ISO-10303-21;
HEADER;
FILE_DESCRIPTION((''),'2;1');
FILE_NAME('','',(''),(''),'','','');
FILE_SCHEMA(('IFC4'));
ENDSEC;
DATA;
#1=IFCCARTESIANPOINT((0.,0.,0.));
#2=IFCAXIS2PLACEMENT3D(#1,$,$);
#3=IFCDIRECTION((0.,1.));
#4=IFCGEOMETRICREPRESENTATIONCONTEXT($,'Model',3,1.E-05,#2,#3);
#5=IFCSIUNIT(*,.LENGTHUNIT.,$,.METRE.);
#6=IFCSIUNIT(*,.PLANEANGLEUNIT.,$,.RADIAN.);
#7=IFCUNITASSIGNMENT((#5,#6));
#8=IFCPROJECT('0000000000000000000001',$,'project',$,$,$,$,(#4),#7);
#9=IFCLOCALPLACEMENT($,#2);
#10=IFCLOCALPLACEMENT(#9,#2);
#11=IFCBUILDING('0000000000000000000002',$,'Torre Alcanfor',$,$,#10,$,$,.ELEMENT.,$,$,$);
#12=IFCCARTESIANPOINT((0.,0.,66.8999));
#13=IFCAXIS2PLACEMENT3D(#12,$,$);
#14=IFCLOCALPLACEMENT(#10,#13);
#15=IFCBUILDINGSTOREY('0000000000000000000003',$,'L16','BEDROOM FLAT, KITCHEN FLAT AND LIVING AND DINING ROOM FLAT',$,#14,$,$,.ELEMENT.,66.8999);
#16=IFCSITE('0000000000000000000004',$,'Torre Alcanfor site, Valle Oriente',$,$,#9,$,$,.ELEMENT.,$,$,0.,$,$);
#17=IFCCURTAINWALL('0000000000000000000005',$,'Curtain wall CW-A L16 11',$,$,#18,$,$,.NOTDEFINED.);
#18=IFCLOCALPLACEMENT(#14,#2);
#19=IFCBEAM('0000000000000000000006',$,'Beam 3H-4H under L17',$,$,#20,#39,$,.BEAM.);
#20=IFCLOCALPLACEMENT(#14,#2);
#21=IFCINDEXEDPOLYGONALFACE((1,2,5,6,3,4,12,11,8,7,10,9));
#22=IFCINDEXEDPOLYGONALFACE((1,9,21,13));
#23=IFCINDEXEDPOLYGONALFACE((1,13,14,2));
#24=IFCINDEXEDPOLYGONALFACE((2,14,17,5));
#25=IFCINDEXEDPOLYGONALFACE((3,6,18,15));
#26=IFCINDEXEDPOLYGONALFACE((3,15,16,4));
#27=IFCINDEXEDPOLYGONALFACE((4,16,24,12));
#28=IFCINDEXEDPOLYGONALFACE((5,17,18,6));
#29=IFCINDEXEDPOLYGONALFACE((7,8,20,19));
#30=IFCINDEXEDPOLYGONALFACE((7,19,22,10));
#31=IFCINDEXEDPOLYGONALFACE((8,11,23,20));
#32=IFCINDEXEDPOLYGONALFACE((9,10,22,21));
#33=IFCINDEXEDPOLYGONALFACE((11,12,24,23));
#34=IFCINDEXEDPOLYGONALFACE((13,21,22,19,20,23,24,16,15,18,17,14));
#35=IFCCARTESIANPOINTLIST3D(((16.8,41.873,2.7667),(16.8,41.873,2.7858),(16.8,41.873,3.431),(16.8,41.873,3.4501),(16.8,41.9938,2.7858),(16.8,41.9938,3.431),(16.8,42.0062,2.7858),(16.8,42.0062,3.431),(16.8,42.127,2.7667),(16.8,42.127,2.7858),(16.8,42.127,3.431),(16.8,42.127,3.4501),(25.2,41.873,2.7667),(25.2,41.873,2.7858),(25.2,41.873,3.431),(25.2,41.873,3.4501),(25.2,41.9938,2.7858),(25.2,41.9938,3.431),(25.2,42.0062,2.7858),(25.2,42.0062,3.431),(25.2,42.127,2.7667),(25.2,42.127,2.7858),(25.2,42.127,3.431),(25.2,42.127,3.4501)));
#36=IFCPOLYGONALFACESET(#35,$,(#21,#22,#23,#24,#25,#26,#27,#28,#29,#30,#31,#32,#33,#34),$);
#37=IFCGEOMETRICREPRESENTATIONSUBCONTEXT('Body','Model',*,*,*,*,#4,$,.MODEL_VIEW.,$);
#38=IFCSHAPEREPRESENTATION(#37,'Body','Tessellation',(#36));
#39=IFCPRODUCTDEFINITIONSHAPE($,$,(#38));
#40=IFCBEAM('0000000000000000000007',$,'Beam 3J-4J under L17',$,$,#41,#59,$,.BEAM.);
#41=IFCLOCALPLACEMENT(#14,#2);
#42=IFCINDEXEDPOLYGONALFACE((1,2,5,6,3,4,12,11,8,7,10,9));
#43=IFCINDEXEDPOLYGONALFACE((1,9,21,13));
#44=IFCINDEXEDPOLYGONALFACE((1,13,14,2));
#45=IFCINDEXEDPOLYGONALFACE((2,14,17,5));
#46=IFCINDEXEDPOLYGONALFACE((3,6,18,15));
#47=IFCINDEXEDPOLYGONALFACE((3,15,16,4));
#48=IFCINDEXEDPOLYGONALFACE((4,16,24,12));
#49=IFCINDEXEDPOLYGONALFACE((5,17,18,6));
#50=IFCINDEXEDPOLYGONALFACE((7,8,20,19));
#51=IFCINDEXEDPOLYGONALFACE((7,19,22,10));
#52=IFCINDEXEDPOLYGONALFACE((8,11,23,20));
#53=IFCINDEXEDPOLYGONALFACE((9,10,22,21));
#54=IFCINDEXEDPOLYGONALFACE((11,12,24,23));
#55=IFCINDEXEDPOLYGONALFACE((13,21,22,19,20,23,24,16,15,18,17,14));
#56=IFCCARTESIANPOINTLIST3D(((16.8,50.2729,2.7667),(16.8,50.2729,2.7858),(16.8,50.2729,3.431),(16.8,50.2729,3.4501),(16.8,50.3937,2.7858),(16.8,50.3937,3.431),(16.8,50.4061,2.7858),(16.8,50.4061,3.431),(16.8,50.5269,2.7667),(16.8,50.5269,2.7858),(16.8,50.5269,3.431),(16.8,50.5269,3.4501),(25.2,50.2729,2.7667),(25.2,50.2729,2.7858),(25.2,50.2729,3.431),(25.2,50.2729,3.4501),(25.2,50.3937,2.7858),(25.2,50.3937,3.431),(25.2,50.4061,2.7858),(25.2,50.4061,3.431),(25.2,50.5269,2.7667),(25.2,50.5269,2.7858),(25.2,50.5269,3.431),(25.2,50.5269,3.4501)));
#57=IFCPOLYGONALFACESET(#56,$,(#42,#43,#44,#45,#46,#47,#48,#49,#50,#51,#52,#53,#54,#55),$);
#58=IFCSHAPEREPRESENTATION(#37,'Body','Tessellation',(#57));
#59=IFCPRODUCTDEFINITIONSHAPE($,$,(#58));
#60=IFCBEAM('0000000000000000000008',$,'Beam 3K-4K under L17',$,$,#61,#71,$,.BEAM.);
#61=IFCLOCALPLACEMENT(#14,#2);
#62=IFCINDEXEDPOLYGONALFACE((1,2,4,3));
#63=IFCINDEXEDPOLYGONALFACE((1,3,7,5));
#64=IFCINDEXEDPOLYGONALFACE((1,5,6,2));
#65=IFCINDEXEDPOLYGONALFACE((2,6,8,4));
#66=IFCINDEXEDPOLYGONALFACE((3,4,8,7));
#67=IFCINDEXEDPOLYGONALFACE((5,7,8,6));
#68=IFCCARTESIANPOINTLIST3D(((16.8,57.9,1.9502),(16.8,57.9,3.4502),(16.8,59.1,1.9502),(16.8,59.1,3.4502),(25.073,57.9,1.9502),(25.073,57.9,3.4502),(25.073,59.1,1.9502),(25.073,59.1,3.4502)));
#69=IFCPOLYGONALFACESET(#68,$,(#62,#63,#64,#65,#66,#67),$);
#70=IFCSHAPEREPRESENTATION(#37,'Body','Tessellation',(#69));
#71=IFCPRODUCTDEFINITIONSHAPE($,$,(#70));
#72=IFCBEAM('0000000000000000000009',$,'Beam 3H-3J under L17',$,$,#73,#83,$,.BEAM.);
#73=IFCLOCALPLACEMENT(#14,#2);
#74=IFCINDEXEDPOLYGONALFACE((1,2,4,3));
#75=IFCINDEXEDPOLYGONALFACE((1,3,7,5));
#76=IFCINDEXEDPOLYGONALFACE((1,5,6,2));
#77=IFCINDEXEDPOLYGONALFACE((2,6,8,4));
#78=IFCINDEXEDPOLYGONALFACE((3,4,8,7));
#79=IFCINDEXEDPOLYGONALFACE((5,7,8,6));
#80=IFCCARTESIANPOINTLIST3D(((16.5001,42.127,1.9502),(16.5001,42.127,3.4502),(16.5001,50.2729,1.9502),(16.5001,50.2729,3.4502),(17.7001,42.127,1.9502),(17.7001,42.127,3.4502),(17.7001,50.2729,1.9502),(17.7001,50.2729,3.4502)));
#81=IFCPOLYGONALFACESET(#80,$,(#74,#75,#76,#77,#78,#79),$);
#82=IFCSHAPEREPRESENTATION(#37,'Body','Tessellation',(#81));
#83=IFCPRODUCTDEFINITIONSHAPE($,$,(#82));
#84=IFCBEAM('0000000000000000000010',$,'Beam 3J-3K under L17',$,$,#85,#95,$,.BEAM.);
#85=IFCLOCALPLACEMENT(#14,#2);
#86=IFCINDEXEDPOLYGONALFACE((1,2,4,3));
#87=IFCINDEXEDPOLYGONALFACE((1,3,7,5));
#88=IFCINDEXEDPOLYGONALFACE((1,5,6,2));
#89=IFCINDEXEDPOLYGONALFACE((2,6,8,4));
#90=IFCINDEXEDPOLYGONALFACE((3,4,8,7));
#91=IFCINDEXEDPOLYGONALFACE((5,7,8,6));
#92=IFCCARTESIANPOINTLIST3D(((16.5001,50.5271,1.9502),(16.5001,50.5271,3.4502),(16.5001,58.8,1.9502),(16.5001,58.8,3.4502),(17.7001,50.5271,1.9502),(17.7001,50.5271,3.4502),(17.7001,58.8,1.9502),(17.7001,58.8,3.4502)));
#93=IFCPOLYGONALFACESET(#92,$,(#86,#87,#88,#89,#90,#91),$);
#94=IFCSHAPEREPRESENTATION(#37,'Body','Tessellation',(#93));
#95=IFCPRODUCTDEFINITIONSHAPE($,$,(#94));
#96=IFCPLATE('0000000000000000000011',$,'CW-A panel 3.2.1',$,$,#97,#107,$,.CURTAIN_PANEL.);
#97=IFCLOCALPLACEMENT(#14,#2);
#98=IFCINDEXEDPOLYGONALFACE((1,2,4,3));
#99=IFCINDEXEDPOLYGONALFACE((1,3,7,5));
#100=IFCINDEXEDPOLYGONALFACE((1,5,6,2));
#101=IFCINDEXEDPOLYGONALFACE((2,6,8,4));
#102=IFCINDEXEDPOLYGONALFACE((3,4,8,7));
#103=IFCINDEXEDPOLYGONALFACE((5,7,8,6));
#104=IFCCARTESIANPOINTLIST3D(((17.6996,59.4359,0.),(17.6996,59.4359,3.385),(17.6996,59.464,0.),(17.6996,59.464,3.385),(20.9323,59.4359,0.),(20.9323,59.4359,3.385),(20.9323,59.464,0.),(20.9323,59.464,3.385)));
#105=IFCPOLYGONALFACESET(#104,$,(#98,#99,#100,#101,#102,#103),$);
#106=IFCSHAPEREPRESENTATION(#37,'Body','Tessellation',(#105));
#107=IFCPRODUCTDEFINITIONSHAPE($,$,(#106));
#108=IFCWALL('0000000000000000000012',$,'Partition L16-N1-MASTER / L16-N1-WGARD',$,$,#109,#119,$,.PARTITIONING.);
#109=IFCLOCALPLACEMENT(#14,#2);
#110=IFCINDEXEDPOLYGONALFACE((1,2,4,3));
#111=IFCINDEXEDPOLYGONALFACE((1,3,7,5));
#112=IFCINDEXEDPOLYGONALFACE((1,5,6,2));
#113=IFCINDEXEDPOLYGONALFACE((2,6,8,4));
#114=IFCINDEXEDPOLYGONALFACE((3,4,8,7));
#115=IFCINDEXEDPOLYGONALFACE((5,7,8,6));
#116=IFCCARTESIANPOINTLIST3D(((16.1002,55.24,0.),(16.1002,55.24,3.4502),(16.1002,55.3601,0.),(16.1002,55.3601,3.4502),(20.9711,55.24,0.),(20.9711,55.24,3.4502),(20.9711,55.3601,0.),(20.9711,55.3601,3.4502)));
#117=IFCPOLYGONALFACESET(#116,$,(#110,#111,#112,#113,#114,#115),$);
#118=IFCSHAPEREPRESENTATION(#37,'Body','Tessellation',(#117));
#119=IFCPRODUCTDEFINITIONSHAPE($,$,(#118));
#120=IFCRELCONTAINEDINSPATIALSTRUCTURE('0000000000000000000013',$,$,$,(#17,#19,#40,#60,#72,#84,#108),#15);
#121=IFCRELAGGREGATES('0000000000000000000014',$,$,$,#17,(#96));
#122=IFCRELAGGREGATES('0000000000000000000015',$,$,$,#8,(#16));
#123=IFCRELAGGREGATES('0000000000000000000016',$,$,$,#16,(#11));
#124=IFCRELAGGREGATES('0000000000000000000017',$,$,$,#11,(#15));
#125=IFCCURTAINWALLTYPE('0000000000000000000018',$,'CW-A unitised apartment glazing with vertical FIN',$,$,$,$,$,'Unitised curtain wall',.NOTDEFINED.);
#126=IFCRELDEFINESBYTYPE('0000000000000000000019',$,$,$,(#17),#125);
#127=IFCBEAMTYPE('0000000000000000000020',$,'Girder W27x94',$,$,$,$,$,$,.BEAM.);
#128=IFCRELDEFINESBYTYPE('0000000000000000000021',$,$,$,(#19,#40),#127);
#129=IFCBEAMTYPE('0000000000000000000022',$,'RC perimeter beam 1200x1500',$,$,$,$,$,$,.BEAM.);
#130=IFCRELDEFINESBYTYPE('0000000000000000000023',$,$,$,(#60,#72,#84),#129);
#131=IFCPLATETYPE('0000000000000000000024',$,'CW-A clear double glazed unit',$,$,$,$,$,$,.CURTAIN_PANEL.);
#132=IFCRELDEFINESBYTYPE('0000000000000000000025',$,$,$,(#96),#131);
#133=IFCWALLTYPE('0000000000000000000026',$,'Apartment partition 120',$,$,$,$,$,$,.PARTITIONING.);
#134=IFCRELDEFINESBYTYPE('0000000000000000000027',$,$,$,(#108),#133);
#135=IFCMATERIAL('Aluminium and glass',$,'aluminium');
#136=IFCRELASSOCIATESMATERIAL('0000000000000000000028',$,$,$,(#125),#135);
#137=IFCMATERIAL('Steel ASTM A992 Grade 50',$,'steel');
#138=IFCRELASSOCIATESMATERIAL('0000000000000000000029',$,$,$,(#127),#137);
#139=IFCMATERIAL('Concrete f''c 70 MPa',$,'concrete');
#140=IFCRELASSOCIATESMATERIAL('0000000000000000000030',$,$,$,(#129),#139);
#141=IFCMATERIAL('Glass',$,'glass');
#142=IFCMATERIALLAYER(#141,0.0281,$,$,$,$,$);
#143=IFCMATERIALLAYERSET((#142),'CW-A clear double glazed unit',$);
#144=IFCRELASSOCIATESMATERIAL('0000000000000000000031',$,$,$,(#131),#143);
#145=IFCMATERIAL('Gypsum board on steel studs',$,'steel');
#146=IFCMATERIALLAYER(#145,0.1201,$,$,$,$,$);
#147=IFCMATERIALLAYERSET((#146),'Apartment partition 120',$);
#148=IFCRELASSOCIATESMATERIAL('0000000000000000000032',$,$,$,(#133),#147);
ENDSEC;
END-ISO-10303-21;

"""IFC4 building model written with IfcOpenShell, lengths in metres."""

from ifc_helpers import new_model, si_unit, direction, frame, frame_2d, origin, origin_2d, place, context, subcontext, project, spatial, rectangle, i_section, extrude, material, layer, layer_set, material_profile, profile_set, type_object, element, aggregate, save


model = new_model("IFC4")

# Units and contexts
model_context = context("Model", 3, precision=1e-05, world=origin(), true_north=direction((0.0, 1.0)))
body_context = subcontext(model_context, "Body", "Model", "MODEL_VIEW")
ifc_project = project(units=[si_unit("LENGTHUNIT", "METRE"), si_unit("PLANEANGLEUNIT", "RADIAN")], contexts=[model_context])

# Site, building, storey
site_placement = place(None, origin())
site = spatial("IfcSite", under=ifc_project, at=site_placement, Name="Torre Alcanfor site, Valle Oriente", CompositionType="ELEMENT", RefElevation=0.0)
building_placement = place(site_placement, origin())
building = spatial("IfcBuilding", under=site, at=building_placement, Name="Torre Alcanfor", CompositionType="ELEMENT")
storey_placement = place(building_placement, frame((0.0, 0.0, 66.8999)))
storey = spatial("IfcBuildingStorey", under=building, at=storey_placement, Name="L16", Description="BEDROOM FLAT, KITCHEN FLAT AND LIVING AND DINING ROOM FLAT", CompositionType="ELEMENT", Elevation=66.8999)

# Curtain wall
ifc_material_1 = material(Name="Aluminium and glass", Category="aluminium")
curtain_wall_type = type_object("IfcCurtainWallType", Name="CW-A unitised apartment glazing with vertical FIN", ElementType="Unitised curtain wall", PredefinedType="NOTDEFINED", material=ifc_material_1)
curtain_wall_placement = place(storey_placement, origin())
curtain_wall = element("IfcCurtainWall", 1, at=curtain_wall_placement, inside=storey, type_object=curtain_wall_type, Name="Curtain wall CW-A L16 11", PredefinedType="NOTDEFINED")

# Beams
ifc_material_2 = material(Name="Steel ASTM A992 Grade 50", Category="steel")
ifc_material_profile_1 = material_profile(ifc_material_2, i_section(OverallWidth=0.2539, OverallDepth=0.6833, WebThickness=0.0125, FlangeThickness=0.019, at=origin_2d()), Name="W27x94")
ifc_profile_set_1 = profile_set([ifc_material_profile_1], Name="Steel ASTM A992 Grade 50")
beam_type_1 = type_object("IfcBeamType", Name="Girder W27x94", PredefinedType="BEAM", material=ifc_profile_set_1)
for number, where, z_axis, x_axis, name in (
    (2, (16.8, 42.0, 3.1084), (1.0, 0.0, 0.0), (0.0, 1.0, 0.0), "Beam 3H-4H under L17"),
    (3, (16.8, 50.3999, 3.1084), (1.0, 0.0, 0.0), (0.0, 1.0, 0.0), "Beam 3J-4J under L17"),
):
    element("IfcBeam", number, at=place(storey_placement, frame(where, z_axis=z_axis, x_axis=x_axis)), inside=storey, type_object=beam_type_1, Name=name, PredefinedType="BEAM", context=body_context, shape_type="SweptSolid", body=[
        extrude(i_section(OverallWidth=0.2539, OverallDepth=0.6833, WebThickness=0.0125, FlangeThickness=0.019, at=origin_2d()), origin(), (0.0, 0.0, 1.0), 8.3999),
    ])
ifc_material_3 = material(Name="Concrete f'c 70 MPa", Category="concrete")
ifc_material_profile_2 = material_profile(ifc_material_3, rectangle(XDim=1.2, YDim=1.5, at=origin_2d()), Name="1200x1500")
ifc_profile_set_2 = profile_set([ifc_material_profile_2], Name="Concrete f'c 70 MPa")
beam_type_2 = type_object("IfcBeamType", Name="RC perimeter beam 1200x1500", PredefinedType="BEAM", material=ifc_profile_set_2)
beam_1_placement = place(storey_placement, frame((16.8, 58.5, 2.7002), z_axis=(1.0, 0.0, 0.0), x_axis=(0.0, 1.0, 0.0)))
element("IfcBeam", 4, at=beam_1_placement, inside=storey, type_object=beam_type_2, Name="Beam 3K-4K under L17", PredefinedType="BEAM", context=body_context, shape_type="SweptSolid", body=[
    extrude(rectangle(XDim=1.2, YDim=1.5, at=origin_2d()), origin(), (0.0, 0.0, 1.0), 8.2729),
])
beam_2_placement = place(storey_placement, frame((17.1001, 42.127, 2.7002), z_axis=(0.0, 1.0, 0.0), x_axis=(-1.0, 0.0, 0.0)))
element("IfcBeam", 5, at=beam_2_placement, inside=storey, type_object=beam_type_2, Name="Beam 3H-3J under L17", PredefinedType="BEAM", context=body_context, shape_type="SweptSolid", body=[
    extrude(rectangle(XDim=1.2, YDim=1.5, at=origin_2d()), origin(), (0.0, 0.0, 1.0), 8.146),
])
beam_3_placement = place(storey_placement, frame((17.1001, 50.5271, 2.7002), z_axis=(0.0, 1.0, 0.0), x_axis=(-1.0, 0.0, 0.0)))
element("IfcBeam", 6, at=beam_3_placement, inside=storey, type_object=beam_type_2, Name="Beam 3J-3K under L17", PredefinedType="BEAM", context=body_context, shape_type="SweptSolid", body=[
    extrude(rectangle(XDim=1.2, YDim=1.5, at=origin_2d()), origin(), (0.0, 0.0, 1.0), 8.2729),
])

# Plate
ifc_material_4 = material(Name="Glass", Category="glass")
ifc_layer_1 = layer(ifc_material_4, 0.0281)
ifc_layer_set_1 = layer_set([ifc_layer_1], Name="CW-A clear double glazed unit")
plate_type = type_object("IfcPlateType", Name="CW-A clear double glazed unit", PredefinedType="CURTAIN_PANEL", material=ifc_layer_set_1)
plate_placement = place(storey_placement, frame((19.3159, 59.45, 0.0), z_axis=(0.0, 0.0, 1.0), x_axis=(-1.0, 0.0, 0.0)))
plate = element("IfcPlate", 7, at=plate_placement, type_object=plate_type, Name="CW-A panel 3.2.1", PredefinedType="CURTAIN_PANEL", context=body_context, shape_type="SweptSolid", body=[
    extrude(rectangle(XDim=3.2327, YDim=0.0281, at=origin_2d()), origin(), (0.0, 0.0, 1.0), 3.385),
])
aggregate(curtain_wall, [plate])

# Wall
ifc_material_5 = material(Name="Gypsum board on steel studs", Category="steel")
ifc_layer_2 = layer(ifc_material_5, 0.1201)
ifc_layer_set_2 = layer_set([ifc_layer_2], Name="Apartment partition 120")
wall_type_1 = type_object("IfcWallType", Name="Apartment partition 120", PredefinedType="PARTITIONING", material=ifc_layer_set_2)
wall_1_placement = place(storey_placement, frame((16.1001, 55.3, 0.0), z_axis=(0.0, 0.0, 1.0), x_axis=(1.0, 0.0, 0.0)))
element("IfcWall", 8, at=wall_1_placement, inside=storey, type_object=wall_type_1, Name="Partition L16-N1-MASTER / L16-N1-WGARD", PredefinedType="PARTITIONING", context=body_context, shape_type="SweptSolid", body=[
    extrude(rectangle(XDim=4.8708, YDim=0.1201, at=frame_2d((2.4355, 0.0))), origin(), (0.0, 0.0, 1.0), 3.4502),
])

save(model, "model.ifc")
